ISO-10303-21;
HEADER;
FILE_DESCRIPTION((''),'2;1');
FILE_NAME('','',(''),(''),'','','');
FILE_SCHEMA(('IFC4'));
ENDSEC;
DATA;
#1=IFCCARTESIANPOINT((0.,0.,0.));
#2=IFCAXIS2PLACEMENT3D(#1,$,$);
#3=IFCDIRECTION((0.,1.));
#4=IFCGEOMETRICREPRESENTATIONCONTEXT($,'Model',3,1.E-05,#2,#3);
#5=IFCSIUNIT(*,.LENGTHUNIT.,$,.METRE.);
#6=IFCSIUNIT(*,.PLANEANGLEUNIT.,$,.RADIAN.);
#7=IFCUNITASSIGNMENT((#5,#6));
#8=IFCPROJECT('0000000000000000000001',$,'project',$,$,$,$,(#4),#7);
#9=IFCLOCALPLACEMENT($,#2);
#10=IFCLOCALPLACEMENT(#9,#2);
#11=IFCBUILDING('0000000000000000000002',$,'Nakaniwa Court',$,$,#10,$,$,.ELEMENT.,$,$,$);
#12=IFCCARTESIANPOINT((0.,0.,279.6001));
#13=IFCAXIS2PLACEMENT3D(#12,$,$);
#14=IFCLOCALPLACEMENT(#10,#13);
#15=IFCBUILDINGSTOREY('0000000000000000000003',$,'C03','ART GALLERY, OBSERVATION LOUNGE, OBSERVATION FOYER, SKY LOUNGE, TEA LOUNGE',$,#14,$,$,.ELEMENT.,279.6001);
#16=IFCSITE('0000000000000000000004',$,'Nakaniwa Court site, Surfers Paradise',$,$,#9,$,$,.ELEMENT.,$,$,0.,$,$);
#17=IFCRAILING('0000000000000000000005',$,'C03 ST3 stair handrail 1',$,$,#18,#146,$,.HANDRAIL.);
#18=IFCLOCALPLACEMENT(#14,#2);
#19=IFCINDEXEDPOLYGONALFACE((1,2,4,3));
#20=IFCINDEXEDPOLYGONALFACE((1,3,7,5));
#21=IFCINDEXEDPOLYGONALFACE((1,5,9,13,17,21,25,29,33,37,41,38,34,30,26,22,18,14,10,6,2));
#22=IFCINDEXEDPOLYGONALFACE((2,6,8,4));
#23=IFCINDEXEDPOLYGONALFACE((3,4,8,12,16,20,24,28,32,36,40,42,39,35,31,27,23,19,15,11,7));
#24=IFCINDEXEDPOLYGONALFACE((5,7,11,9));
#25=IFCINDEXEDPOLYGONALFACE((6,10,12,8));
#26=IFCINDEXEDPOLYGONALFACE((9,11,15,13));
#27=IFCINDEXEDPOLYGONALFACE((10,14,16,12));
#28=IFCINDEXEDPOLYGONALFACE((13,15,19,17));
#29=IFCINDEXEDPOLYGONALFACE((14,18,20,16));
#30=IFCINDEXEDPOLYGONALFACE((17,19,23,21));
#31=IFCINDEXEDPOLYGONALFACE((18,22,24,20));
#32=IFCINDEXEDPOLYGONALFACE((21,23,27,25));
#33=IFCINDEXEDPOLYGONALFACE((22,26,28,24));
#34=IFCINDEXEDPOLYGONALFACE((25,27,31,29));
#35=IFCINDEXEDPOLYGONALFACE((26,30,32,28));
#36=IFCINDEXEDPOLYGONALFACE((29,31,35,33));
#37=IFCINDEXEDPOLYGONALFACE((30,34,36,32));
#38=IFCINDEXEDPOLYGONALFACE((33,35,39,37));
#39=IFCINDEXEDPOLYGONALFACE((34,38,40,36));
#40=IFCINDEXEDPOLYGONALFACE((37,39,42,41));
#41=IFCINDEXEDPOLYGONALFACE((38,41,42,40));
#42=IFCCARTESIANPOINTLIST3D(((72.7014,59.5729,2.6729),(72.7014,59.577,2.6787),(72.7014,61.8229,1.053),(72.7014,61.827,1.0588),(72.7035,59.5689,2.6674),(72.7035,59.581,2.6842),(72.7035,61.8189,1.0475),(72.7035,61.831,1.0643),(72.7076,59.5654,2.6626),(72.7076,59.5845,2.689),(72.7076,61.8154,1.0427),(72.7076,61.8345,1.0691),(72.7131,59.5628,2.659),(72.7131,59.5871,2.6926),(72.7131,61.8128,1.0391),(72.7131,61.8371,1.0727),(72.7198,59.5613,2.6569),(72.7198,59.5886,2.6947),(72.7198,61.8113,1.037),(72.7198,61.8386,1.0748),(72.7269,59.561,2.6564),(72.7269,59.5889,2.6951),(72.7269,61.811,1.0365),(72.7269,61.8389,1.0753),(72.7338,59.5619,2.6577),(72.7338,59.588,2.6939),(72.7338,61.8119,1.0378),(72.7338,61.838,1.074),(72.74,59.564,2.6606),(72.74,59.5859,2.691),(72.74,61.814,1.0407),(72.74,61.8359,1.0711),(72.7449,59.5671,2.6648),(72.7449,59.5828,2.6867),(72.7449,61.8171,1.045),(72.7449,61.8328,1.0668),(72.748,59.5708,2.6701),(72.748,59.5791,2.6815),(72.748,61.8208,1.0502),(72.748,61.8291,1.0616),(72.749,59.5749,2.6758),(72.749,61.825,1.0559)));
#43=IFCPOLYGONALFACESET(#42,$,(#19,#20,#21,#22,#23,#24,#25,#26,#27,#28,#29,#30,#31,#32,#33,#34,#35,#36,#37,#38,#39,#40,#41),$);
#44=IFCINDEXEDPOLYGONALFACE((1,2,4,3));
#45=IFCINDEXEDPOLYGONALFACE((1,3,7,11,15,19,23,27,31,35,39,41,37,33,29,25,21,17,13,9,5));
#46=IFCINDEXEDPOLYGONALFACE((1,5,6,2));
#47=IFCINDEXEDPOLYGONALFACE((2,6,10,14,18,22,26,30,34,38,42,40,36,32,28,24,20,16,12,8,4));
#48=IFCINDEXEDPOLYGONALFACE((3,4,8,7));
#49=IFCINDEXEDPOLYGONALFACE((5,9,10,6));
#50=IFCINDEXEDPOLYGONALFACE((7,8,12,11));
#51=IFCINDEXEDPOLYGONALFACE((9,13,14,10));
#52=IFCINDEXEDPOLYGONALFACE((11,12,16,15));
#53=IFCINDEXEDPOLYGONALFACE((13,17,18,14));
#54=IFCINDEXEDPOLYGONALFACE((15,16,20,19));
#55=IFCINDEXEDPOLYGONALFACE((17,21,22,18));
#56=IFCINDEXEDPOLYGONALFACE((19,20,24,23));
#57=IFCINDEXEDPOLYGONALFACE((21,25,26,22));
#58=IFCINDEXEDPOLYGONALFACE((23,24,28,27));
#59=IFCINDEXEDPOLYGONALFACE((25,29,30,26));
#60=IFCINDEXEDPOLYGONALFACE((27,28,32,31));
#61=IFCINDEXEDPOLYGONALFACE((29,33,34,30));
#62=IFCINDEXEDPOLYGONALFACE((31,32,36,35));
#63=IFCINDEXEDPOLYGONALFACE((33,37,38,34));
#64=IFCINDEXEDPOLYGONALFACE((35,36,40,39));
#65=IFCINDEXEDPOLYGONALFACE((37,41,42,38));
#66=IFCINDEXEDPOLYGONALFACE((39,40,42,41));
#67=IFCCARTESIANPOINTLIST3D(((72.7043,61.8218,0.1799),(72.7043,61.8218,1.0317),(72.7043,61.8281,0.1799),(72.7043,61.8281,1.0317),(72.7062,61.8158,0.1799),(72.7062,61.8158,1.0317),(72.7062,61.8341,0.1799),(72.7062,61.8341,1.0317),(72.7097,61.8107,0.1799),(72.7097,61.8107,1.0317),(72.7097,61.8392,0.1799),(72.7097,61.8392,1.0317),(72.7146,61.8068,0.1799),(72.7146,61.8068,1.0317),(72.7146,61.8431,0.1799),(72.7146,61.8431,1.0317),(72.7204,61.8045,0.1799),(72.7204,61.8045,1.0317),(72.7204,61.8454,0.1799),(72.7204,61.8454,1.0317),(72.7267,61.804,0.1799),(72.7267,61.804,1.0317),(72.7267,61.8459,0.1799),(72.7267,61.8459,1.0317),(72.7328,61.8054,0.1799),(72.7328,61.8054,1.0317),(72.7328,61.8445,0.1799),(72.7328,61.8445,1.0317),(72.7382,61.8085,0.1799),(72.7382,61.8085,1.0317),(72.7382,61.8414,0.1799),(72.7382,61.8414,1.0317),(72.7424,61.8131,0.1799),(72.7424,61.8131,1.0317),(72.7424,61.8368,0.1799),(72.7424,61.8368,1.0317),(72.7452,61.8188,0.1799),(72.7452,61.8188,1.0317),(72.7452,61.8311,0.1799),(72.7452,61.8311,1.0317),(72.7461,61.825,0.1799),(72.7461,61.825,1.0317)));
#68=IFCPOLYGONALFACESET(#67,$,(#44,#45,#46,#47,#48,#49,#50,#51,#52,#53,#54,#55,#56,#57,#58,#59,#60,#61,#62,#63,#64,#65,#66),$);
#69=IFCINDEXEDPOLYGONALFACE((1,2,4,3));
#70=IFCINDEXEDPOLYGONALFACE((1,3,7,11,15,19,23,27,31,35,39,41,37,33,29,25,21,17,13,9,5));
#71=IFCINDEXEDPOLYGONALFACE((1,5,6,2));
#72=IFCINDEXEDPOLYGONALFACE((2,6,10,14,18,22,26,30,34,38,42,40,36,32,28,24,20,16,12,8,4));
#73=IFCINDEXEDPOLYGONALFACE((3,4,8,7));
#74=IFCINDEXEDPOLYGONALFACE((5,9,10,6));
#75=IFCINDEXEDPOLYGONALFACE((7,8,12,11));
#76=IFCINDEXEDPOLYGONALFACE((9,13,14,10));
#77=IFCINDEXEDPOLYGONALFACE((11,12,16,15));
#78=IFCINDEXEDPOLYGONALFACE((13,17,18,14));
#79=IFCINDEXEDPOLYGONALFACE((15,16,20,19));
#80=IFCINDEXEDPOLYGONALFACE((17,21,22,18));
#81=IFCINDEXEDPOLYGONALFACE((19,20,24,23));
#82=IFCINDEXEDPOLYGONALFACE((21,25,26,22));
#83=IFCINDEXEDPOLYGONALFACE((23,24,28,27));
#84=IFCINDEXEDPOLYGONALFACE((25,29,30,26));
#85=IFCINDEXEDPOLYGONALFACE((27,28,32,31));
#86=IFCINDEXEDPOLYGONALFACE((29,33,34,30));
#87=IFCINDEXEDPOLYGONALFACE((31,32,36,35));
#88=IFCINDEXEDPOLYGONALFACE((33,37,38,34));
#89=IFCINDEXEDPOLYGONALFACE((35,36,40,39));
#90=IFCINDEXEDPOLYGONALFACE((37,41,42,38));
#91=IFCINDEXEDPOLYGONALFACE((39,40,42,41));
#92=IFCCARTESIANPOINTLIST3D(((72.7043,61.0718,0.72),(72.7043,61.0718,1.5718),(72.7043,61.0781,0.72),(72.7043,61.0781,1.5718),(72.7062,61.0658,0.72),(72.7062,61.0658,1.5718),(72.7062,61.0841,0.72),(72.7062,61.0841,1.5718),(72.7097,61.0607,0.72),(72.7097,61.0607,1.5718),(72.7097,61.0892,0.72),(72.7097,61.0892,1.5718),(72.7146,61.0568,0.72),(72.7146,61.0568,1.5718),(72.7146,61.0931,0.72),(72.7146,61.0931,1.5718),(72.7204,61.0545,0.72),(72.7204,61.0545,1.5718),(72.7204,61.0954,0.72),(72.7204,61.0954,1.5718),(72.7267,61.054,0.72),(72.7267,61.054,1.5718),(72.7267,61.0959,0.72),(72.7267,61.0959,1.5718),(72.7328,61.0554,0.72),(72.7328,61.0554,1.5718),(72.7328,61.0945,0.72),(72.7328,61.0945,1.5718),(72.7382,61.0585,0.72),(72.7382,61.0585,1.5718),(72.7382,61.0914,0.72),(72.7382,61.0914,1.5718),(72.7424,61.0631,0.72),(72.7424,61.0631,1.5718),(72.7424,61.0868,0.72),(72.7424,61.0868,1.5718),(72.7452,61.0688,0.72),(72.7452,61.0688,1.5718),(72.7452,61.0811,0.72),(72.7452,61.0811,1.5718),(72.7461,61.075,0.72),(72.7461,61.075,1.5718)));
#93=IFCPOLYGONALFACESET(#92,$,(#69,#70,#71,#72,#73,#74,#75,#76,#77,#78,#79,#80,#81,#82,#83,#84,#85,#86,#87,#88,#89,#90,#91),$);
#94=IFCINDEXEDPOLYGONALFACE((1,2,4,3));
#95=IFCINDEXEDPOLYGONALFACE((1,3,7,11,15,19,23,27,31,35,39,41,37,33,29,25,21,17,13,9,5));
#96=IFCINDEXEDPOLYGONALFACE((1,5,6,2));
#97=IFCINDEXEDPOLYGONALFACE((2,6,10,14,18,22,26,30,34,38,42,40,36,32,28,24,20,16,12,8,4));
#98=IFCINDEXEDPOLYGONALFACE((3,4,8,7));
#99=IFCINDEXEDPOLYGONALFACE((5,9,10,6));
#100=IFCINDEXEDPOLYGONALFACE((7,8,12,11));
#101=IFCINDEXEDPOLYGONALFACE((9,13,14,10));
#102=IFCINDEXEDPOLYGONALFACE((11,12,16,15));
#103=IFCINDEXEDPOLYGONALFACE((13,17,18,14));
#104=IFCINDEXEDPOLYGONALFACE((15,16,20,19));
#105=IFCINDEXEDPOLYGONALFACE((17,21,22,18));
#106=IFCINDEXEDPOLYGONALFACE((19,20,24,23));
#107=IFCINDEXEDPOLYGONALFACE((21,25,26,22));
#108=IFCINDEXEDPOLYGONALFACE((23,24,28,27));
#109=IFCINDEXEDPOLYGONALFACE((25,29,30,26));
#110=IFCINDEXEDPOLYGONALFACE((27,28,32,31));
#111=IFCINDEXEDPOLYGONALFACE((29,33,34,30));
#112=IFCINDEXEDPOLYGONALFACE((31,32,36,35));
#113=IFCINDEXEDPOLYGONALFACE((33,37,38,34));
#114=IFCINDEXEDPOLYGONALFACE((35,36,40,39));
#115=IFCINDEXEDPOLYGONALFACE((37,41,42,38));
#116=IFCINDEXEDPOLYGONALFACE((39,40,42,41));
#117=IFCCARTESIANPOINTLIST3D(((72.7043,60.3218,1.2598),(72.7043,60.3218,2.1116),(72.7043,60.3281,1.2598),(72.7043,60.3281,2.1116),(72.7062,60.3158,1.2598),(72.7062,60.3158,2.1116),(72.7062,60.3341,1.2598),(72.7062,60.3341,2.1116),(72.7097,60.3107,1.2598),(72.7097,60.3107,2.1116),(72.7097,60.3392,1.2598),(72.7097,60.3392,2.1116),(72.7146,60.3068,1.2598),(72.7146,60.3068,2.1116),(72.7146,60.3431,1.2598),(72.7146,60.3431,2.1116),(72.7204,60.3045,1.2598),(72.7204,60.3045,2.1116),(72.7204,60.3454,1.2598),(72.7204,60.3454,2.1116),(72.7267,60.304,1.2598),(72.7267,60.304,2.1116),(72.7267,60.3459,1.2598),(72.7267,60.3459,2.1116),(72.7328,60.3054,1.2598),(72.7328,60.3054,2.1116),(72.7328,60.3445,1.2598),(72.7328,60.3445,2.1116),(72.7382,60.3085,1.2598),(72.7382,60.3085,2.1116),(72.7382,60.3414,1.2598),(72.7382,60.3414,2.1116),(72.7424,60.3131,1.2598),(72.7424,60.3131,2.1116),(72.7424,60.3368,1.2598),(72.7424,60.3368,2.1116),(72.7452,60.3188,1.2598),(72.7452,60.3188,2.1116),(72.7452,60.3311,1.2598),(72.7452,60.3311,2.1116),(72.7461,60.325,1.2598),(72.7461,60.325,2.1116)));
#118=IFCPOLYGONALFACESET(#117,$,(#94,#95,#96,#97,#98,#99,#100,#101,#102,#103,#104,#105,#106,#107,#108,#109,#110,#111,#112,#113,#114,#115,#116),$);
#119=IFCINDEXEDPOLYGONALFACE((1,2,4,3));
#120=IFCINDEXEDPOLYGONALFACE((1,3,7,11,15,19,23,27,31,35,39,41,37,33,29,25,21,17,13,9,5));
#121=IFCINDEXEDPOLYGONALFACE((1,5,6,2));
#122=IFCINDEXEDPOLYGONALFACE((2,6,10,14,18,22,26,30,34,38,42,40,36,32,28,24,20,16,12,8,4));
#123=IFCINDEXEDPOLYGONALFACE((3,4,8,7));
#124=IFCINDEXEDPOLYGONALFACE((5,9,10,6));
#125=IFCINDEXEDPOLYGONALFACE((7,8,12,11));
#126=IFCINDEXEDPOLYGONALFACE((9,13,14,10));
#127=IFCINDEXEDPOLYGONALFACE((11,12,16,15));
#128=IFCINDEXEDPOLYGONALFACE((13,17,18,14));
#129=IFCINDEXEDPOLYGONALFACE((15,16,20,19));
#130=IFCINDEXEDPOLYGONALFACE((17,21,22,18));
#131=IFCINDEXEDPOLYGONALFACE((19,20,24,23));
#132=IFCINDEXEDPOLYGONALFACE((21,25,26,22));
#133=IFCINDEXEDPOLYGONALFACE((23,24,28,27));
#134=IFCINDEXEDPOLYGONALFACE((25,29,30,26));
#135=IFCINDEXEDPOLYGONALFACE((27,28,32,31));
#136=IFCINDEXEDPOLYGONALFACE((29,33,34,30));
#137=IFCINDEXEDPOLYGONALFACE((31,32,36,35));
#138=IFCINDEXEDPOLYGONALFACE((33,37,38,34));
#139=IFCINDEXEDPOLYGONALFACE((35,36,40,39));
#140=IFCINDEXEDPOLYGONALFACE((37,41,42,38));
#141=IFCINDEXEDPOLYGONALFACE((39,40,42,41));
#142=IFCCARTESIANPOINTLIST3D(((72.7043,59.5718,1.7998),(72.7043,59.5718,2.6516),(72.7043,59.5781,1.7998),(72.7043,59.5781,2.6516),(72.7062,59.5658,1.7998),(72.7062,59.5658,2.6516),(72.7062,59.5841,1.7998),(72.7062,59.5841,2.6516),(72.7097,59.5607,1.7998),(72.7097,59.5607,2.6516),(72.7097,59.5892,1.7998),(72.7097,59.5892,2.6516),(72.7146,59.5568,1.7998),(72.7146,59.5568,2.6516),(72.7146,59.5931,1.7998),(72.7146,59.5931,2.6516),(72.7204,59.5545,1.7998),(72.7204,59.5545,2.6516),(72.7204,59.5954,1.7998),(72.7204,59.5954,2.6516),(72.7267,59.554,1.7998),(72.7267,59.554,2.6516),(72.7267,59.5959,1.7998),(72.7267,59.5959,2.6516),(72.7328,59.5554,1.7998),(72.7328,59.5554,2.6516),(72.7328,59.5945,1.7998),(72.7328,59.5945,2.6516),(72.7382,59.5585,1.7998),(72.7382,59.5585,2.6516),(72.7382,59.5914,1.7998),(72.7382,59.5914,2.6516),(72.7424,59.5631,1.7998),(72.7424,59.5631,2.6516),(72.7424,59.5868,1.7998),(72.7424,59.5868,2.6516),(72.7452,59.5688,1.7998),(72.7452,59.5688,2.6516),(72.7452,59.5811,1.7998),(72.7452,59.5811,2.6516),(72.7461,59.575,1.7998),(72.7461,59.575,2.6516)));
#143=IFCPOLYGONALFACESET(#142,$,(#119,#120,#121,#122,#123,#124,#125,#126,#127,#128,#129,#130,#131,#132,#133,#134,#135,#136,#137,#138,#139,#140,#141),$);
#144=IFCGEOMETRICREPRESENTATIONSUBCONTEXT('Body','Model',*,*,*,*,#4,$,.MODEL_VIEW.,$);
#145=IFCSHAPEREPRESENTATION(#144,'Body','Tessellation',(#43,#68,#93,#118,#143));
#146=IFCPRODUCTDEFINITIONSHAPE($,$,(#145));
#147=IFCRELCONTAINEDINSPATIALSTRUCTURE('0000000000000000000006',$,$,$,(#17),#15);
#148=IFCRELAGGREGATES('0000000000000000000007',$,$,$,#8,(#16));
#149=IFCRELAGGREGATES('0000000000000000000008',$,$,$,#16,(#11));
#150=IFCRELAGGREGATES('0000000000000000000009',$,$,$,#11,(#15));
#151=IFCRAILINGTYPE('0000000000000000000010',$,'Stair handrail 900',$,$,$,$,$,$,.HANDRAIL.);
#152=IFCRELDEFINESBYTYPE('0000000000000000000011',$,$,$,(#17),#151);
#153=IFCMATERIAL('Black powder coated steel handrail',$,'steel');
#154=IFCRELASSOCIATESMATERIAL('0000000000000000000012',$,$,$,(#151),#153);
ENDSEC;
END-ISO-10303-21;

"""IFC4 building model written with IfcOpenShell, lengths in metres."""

from ifc_helpers import new_model, si_unit, direction, frame, origin, origin_2d, place, context, subcontext, project, spatial, circle, extrude, material, type_object, element, save


model = new_model("IFC4")

# Units and contexts
model_context = context("Model", 3, precision=1e-05, world=origin(), true_north=direction((0.0, 1.0)))
body_context = subcontext(model_context, "Body", "Model", "MODEL_VIEW")
ifc_project = project(units=[si_unit("LENGTHUNIT", "METRE"), si_unit("PLANEANGLEUNIT", "RADIAN")], contexts=[model_context])

# Site, building, storey
site_placement = place(None, origin())
site = spatial("IfcSite", under=ifc_project, at=site_placement, Name="Nakaniwa Court site, Surfers Paradise", CompositionType="ELEMENT", RefElevation=0.0)
building_placement = place(site_placement, origin())
building = spatial("IfcBuilding", under=site, at=building_placement, Name="Nakaniwa Court", CompositionType="ELEMENT")
storey_placement = place(building_placement, frame((0.0, 0.0, 279.6001)))
storey = spatial("IfcBuildingStorey", under=building, at=storey_placement, Name="C03", Description="ART GALLERY, OBSERVATION LOUNGE, OBSERVATION FOYER, SKY LOUNGE, TEA LOUNGE", CompositionType="ELEMENT", Elevation=279.6001)

# Railing
ifc_material_1 = material(Name="Black powder coated steel handrail", Category="steel")
railing_type_1 = type_object("IfcRailingType", Name="Stair handrail 900", PredefinedType="HANDRAIL", material=ifc_material_1)
railing_placement = place(storey_placement, frame((72.7251, 61.825, 0.1799)))
element("IfcRailing", 1, at=railing_placement, inside=storey, type_object=railing_type_1, Name="C03 ST3 stair handrail 1", PredefinedType="HANDRAIL", context=body_context, shape_type="SweptSolid", body=[
    extrude(circle(Radius=0.0239, at=origin_2d()), frame((0.0, 0.0, 0.876), z_axis=(0.0, -0.811556, 0.584275), x_axis=(1.0, 0.0, 0.0)), (0.0, 0.0, 1.0), 2.7725),
    extrude(circle(Radius=0.021, at=origin_2d()), origin(), (0.0, 0.0, 1.0), 0.8518),
    extrude(circle(Radius=0.021, at=origin_2d()), frame((0.0, -0.75, 0.54)), (0.0, 0.0, 1.0), 0.8518),
    extrude(circle(Radius=0.021, at=origin_2d()), frame((0.0, -1.5, 1.0798)), (0.0, 0.0, 1.0), 0.8518),
    extrude(circle(Radius=0.021, at=origin_2d()), frame((0.0, -2.25, 1.6199)), (0.0, 0.0, 1.0), 0.8518),
])

save(model, "model.ifc")
